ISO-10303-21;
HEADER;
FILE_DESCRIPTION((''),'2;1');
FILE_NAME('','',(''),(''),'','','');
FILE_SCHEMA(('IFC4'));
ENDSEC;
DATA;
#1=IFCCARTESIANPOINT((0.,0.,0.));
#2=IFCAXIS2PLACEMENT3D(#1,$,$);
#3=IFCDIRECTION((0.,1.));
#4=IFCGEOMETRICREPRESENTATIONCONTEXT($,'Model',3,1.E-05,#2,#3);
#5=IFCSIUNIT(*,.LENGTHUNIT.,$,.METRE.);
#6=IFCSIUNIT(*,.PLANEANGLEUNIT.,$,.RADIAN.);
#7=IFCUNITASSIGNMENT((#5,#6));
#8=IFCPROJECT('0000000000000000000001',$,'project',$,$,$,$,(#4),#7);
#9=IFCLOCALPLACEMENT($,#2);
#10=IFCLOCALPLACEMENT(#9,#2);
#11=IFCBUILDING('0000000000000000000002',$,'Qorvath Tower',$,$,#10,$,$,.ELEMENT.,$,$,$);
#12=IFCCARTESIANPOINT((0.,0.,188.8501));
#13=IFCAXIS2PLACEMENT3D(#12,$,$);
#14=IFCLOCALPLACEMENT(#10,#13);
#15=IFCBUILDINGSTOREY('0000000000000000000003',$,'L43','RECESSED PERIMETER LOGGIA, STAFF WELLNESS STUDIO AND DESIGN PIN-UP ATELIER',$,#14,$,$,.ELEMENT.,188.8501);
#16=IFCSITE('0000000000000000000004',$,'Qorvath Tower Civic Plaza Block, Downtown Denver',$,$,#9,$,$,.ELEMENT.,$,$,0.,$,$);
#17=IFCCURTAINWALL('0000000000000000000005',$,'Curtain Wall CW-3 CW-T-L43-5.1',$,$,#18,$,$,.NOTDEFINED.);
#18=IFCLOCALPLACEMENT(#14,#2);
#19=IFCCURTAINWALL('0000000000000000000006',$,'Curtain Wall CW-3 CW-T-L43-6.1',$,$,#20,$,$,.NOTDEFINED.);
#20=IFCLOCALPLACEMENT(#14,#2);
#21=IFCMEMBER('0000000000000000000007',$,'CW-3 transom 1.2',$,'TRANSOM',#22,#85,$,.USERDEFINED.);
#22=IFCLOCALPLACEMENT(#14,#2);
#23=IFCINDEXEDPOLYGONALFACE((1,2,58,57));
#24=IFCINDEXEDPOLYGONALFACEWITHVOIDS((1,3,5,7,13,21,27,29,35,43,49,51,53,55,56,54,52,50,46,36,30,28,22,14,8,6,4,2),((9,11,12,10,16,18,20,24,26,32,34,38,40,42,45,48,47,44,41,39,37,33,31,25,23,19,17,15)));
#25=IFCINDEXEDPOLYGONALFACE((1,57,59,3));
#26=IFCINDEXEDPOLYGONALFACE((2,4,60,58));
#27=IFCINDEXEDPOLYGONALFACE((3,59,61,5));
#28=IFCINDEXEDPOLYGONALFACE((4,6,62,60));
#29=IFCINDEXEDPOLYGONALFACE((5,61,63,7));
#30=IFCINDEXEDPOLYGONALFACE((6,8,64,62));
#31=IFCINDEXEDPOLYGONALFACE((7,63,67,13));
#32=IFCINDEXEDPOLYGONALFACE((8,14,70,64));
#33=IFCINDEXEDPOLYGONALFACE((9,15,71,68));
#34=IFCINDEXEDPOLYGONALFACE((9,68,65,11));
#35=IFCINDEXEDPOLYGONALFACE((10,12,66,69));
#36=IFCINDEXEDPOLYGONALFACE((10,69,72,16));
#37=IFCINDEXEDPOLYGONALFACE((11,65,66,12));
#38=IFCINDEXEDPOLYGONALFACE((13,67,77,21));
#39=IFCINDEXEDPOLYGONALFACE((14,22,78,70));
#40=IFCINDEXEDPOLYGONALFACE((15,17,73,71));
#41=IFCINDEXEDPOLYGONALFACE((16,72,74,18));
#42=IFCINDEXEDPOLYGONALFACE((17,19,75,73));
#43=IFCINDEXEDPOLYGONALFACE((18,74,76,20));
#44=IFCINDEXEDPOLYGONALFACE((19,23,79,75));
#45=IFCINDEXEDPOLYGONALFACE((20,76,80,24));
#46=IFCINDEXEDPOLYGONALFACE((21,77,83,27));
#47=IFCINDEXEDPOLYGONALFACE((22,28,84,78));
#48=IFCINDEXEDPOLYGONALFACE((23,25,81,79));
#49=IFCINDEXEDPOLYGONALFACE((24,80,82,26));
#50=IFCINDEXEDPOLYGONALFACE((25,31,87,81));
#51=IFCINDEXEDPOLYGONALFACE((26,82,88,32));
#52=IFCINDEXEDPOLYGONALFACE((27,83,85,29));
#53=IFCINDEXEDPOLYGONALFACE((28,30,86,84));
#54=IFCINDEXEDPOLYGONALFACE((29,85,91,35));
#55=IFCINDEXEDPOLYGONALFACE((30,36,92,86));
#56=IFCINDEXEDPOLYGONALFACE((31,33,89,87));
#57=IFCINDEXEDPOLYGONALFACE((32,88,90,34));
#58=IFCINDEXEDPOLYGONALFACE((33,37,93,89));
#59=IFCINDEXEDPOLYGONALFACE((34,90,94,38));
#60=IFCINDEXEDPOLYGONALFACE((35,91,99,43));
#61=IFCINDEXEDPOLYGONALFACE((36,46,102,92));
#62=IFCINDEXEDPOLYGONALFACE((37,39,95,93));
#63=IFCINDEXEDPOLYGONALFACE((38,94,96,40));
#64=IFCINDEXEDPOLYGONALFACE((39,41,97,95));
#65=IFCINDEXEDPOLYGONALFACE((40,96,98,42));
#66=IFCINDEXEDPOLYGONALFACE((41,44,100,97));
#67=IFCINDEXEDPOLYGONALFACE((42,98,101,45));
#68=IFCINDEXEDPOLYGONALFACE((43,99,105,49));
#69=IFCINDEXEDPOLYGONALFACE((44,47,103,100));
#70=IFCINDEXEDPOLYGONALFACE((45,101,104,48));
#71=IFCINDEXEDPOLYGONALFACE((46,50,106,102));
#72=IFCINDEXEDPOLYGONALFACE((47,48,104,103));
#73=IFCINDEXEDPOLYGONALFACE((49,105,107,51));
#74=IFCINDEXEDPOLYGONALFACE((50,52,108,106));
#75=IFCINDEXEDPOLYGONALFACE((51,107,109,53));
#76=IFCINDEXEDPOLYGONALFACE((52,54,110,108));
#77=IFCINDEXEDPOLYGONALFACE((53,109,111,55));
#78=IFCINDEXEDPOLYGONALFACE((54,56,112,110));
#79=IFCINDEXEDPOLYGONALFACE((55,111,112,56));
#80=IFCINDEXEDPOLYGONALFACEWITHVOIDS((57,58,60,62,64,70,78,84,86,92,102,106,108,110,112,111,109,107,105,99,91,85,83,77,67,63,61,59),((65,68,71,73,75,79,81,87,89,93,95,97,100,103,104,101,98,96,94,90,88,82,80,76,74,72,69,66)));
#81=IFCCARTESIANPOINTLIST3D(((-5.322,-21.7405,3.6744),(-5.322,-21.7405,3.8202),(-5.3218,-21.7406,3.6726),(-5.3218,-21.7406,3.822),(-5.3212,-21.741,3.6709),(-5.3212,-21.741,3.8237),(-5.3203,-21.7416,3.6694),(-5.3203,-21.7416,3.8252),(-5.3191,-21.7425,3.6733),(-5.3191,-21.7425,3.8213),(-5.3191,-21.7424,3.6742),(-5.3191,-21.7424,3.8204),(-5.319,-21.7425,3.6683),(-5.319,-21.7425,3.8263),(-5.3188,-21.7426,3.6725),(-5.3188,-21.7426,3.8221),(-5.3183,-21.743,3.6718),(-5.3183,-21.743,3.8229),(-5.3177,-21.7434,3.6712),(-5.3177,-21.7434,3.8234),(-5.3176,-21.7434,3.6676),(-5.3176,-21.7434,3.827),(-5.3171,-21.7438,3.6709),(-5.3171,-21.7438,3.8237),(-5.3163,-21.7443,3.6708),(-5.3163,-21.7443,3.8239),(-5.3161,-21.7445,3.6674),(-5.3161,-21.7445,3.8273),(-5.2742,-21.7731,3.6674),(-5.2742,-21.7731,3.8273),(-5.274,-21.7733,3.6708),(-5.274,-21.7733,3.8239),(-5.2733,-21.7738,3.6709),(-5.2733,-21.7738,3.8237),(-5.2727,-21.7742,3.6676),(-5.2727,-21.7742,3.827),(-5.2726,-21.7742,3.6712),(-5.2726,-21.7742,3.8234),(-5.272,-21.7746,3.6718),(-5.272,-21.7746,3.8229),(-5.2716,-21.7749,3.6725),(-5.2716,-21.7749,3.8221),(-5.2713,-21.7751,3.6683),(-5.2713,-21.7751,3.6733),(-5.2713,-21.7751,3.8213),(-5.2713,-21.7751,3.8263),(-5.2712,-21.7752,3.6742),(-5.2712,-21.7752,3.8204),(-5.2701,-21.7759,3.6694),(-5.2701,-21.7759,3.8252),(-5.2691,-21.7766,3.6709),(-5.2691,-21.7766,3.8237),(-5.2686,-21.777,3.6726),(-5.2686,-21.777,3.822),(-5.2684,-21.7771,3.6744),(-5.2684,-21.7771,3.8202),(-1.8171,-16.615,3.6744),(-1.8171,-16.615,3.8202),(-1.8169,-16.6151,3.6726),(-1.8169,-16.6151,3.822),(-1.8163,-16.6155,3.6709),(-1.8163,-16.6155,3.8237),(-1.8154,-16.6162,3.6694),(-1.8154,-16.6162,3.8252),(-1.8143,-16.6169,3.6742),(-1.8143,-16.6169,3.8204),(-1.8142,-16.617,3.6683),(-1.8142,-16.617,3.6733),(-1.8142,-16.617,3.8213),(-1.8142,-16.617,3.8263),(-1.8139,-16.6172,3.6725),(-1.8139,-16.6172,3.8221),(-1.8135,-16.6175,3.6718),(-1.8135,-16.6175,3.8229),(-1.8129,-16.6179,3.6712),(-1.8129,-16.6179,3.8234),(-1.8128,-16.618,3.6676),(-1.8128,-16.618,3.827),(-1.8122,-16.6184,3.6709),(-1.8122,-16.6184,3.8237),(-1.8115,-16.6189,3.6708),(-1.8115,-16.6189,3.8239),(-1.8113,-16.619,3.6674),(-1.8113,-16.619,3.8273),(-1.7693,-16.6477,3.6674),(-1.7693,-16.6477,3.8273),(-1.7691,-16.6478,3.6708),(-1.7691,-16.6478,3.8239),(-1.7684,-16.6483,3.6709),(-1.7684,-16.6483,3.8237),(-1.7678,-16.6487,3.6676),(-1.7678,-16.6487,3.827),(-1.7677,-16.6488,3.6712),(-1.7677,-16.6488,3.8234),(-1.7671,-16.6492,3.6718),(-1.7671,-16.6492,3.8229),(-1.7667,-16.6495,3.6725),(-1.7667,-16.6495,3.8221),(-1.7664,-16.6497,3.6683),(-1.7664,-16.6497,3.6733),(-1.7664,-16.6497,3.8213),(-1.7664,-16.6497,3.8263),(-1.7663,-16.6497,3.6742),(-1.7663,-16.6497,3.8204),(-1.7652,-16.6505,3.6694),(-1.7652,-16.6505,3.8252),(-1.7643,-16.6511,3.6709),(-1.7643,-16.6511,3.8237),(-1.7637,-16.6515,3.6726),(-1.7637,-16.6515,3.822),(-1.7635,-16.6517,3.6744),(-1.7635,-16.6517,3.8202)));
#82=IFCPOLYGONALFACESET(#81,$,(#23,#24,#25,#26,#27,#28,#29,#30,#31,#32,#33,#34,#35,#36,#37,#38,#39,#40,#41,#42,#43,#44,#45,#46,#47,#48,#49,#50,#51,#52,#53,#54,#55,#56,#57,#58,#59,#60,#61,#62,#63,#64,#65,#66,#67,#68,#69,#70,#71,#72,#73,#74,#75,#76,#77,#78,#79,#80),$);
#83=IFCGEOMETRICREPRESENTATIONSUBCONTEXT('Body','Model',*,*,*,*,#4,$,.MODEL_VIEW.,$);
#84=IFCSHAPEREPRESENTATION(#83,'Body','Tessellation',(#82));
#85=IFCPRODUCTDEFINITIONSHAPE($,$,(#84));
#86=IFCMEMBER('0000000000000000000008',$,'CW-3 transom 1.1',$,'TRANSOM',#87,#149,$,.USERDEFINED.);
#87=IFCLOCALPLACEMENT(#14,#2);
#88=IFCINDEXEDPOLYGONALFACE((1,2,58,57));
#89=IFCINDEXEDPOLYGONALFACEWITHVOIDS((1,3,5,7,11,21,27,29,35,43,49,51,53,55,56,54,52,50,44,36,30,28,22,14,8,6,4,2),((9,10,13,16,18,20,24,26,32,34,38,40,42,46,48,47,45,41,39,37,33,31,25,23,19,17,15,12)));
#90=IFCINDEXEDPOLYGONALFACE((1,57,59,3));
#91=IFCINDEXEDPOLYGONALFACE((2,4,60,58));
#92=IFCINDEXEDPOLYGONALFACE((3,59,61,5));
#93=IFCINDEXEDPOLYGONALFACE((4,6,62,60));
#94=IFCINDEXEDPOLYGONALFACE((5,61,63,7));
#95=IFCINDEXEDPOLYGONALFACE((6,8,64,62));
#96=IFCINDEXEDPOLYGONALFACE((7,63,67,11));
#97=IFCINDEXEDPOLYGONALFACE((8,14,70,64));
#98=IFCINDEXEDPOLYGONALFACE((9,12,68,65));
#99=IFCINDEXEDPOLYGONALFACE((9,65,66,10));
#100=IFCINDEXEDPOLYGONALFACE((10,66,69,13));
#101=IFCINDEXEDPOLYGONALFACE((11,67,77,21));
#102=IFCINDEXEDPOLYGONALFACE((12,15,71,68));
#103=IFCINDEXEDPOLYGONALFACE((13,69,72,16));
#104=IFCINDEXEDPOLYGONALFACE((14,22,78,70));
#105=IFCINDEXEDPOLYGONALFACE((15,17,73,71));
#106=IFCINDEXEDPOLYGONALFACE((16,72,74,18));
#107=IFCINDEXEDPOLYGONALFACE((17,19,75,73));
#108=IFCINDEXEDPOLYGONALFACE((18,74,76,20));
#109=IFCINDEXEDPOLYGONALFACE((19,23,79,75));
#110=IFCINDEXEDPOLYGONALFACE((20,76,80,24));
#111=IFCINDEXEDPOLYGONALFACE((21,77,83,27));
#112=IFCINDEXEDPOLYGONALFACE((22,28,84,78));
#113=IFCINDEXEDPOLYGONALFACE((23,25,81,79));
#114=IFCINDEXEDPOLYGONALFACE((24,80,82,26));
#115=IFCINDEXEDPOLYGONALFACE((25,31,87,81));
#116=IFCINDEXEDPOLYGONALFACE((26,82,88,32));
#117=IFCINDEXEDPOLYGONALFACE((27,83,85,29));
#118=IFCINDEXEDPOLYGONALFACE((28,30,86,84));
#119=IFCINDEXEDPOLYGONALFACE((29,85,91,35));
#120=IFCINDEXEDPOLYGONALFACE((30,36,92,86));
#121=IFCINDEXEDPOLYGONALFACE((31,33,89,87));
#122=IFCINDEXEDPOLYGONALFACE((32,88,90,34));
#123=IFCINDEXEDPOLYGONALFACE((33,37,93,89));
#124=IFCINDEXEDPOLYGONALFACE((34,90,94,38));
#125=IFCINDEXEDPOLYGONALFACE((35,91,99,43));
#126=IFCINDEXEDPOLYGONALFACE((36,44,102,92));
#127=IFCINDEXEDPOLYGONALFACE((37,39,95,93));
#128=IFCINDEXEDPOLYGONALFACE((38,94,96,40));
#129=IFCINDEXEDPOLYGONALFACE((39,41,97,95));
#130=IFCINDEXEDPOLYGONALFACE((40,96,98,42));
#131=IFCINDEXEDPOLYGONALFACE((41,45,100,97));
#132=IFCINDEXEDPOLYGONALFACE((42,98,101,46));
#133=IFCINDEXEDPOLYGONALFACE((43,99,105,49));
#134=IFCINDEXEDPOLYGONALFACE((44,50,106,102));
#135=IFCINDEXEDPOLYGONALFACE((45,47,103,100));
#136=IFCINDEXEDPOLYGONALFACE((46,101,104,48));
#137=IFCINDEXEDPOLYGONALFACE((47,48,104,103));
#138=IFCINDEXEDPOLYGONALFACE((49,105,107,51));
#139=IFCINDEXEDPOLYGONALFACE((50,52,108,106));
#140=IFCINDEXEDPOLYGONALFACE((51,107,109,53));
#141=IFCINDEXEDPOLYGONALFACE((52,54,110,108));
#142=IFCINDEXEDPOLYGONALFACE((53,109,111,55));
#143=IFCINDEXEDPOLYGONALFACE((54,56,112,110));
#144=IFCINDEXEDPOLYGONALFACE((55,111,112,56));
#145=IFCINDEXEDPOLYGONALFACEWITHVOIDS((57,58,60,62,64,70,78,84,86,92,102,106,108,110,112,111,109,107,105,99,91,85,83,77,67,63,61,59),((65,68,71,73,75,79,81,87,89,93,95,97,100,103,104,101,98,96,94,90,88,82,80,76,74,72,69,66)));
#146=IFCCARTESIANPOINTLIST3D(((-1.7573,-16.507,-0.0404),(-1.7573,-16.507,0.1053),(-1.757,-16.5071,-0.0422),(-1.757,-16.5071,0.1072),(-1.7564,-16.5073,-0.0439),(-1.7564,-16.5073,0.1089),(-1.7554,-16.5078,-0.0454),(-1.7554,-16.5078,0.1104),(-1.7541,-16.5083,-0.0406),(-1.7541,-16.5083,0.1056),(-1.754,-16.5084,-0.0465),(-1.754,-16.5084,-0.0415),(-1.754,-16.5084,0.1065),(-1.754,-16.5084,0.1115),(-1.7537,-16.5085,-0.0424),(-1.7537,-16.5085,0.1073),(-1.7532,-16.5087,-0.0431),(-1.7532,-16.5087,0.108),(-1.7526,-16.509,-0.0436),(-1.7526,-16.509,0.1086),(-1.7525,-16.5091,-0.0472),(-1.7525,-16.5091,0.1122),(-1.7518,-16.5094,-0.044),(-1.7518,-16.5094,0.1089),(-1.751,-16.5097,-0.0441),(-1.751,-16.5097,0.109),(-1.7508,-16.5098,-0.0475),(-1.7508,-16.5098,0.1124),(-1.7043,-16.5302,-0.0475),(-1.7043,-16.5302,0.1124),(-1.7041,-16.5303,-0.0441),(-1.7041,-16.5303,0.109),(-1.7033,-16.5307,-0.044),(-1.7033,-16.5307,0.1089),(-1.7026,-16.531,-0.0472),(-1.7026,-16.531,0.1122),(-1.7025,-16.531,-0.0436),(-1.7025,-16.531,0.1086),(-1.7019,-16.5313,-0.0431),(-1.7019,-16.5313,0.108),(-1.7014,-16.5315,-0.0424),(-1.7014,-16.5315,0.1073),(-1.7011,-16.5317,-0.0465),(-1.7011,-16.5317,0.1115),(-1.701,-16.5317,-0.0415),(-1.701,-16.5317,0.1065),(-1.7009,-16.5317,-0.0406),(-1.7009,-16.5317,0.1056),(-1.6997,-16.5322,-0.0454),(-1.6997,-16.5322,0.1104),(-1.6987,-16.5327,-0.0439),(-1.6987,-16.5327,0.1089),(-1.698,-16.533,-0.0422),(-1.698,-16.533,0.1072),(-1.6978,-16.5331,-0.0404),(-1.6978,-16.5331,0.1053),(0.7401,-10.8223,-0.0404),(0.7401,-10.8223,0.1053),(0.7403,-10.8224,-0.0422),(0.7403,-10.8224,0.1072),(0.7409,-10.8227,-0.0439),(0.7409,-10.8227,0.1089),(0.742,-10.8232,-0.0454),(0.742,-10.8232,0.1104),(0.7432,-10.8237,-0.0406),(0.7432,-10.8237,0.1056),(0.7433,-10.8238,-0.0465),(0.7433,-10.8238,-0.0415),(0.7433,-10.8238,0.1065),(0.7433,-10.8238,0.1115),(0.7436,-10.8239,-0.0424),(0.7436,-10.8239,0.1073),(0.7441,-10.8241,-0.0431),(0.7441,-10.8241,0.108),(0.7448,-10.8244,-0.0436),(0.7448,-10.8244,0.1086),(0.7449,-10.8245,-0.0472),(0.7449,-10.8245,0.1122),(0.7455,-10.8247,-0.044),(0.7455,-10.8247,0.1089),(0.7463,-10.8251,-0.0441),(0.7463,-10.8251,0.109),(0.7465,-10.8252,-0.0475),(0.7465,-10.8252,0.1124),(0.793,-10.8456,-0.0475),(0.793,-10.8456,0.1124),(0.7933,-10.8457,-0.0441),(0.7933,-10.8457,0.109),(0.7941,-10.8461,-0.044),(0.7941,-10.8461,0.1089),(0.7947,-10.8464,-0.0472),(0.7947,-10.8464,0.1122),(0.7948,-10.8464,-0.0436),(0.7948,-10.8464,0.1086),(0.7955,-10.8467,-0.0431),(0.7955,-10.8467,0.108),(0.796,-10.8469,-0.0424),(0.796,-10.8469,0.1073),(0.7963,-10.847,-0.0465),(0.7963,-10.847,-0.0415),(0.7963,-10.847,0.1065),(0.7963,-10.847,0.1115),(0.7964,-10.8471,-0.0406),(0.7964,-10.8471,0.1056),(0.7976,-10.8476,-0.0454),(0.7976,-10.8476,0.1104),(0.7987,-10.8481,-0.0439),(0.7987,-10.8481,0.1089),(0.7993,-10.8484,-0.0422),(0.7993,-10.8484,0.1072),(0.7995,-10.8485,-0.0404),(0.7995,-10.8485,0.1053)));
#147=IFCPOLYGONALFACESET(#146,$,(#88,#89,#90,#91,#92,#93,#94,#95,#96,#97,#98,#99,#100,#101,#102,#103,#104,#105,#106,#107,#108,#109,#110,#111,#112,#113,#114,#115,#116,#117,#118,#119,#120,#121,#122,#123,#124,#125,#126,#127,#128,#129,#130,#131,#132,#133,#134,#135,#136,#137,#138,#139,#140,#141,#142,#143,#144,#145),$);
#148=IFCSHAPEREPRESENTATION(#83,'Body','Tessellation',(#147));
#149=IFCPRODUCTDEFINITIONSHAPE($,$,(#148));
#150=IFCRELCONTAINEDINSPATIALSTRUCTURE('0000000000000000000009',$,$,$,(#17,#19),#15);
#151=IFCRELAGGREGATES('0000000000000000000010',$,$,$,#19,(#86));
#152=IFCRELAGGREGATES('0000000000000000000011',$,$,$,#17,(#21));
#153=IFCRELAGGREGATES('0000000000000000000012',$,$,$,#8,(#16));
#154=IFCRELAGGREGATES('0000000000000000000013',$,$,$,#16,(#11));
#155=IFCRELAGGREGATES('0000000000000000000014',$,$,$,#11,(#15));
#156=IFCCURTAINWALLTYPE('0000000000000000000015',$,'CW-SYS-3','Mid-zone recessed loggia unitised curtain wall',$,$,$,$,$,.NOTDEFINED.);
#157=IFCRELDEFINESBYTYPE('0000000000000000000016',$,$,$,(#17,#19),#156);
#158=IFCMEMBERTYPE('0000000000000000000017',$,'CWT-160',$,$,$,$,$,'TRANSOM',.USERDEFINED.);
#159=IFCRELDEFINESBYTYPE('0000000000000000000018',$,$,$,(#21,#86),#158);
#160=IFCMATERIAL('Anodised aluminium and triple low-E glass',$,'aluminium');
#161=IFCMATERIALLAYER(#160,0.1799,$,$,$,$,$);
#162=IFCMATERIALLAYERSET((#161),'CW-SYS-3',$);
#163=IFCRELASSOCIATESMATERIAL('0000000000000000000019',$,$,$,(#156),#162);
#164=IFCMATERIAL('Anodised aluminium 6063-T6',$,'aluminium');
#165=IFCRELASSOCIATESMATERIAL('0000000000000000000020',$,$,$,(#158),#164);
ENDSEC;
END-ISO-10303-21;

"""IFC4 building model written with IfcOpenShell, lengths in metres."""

from ifc_helpers import new_model, si_unit, direction, frame, origin, origin_2d, place, context, subcontext, project, spatial, hollow_rectangle, extrude, material, layer, layer_set, material_profile, profile_set, type_object, element, aggregate, save


model = new_model("IFC4")

# Units and contexts
model_context = context("Model", 3, precision=1e-05, world=origin(), true_north=direction((0.0, 1.0)))
body_context = subcontext(model_context, "Body", "Model", "MODEL_VIEW")
ifc_project = project(units=[si_unit("LENGTHUNIT", "METRE"), si_unit("PLANEANGLEUNIT", "RADIAN")], contexts=[model_context])

# Site, building, storey
site_placement = place(None, origin())
site = spatial("IfcSite", under=ifc_project, at=site_placement, Name="Qorvath Tower Civic Plaza Block, Downtown Denver", CompositionType="ELEMENT", RefElevation=0.0)
building_placement = place(site_placement, origin())
building = spatial("IfcBuilding", under=site, at=building_placement, Name="Qorvath Tower", CompositionType="ELEMENT")
storey_placement = place(building_placement, frame((0.0, 0.0, 188.8501)))
storey = spatial("IfcBuildingStorey", under=building, at=storey_placement, Name="L43", Description="RECESSED PERIMETER LOGGIA, STAFF WELLNESS STUDIO AND DESIGN PIN-UP ATELIER", CompositionType="ELEMENT", Elevation=188.8501)

# Shared definitions
ifc_material_1 = material(Name="Anodised aluminium and triple low-E glass", Category="aluminium")
ifc_layer_1 = layer(ifc_material_1, 0.1799)
ifc_layer_set_1 = layer_set([ifc_layer_1], Name="CW-SYS-3")
curtain_wall_type = type_object("IfcCurtainWallType", Name="CW-SYS-3", Description="Mid-zone recessed loggia unitised curtain wall", PredefinedType="NOTDEFINED", material=ifc_layer_set_1)

# Curtain wall
curtain_wall_1_placement = place(storey_placement, origin())
curtain_wall_1 = element("IfcCurtainWall", 1, at=curtain_wall_1_placement, inside=storey, type_object=curtain_wall_type, Name="Curtain Wall CW-3 CW-T-L43-5.1", PredefinedType="NOTDEFINED")

# Curtain wall
curtain_wall_2_placement = place(storey_placement, origin())
curtain_wall_2 = element("IfcCurtainWall", 2, at=curtain_wall_2_placement, inside=storey, type_object=curtain_wall_type, Name="Curtain Wall CW-3 CW-T-L43-6.1", PredefinedType="NOTDEFINED")

# Members
ifc_material_2 = material(Name="Anodised aluminium 6063-T6", Category="aluminium")
ifc_material_profile_1 = material_profile(ifc_material_2, hollow_rectangle(XDim=0.0649, YDim=0.1599, WallThickness=0.0034, InnerFilletRadius=0.0034, OuterFilletRadius=0.0071, at=origin_2d()), Name="CWT 160x65")
ifc_profile_set_1 = profile_set([ifc_material_profile_1], Name="Anodised aluminium 6063-T6")
member_type_1 = type_object("IfcMemberType", Name="CWT-160", ElementType="TRANSOM", PredefinedType="USERDEFINED", material=ifc_profile_set_1)
member_1_placement = place(storey_placement, frame((-5.2952, -21.7588, 3.7473), z_axis=(0.564461, 0.82546, 0.0), x_axis=(-0.82546, 0.564461, 0.0)))
member_1 = element("IfcMember", 3, at=member_1_placement, type_object=member_type_1, Name="CW-3 transom 1.2", ObjectType="TRANSOM", PredefinedType="USERDEFINED", context=body_context, shape_type="SweptSolid", body=[
    extrude(hollow_rectangle(XDim=0.0649, YDim=0.1599, WallThickness=0.0034, InnerFilletRadius=0.0034, OuterFilletRadius=0.0071, at=origin_2d()), origin(), (0.0, 0.0, 1.0), 6.2092),
])
member_2_placement = place(storey_placement, frame((-1.7275, -16.52, 0.0325), z_axis=(0.402213, 0.915546, 0.0), x_axis=(-0.915546, 0.402213, 0.0)))
member_2 = element("IfcMember", 4, at=member_2_placement, type_object=member_type_1, Name="CW-3 transom 1.1", ObjectType="TRANSOM", PredefinedType="USERDEFINED", context=body_context, shape_type="SweptSolid", body=[
    extrude(hollow_rectangle(XDim=0.0649, YDim=0.1599, WallThickness=0.0034, InnerFilletRadius=0.0034, OuterFilletRadius=0.0071, at=origin_2d()), origin(), (0.0, 0.0, 1.0), 6.209),
])
aggregate(curtain_wall_2, [member_2])

aggregate(curtain_wall_1, [member_1])

save(model, "model.ifc")
